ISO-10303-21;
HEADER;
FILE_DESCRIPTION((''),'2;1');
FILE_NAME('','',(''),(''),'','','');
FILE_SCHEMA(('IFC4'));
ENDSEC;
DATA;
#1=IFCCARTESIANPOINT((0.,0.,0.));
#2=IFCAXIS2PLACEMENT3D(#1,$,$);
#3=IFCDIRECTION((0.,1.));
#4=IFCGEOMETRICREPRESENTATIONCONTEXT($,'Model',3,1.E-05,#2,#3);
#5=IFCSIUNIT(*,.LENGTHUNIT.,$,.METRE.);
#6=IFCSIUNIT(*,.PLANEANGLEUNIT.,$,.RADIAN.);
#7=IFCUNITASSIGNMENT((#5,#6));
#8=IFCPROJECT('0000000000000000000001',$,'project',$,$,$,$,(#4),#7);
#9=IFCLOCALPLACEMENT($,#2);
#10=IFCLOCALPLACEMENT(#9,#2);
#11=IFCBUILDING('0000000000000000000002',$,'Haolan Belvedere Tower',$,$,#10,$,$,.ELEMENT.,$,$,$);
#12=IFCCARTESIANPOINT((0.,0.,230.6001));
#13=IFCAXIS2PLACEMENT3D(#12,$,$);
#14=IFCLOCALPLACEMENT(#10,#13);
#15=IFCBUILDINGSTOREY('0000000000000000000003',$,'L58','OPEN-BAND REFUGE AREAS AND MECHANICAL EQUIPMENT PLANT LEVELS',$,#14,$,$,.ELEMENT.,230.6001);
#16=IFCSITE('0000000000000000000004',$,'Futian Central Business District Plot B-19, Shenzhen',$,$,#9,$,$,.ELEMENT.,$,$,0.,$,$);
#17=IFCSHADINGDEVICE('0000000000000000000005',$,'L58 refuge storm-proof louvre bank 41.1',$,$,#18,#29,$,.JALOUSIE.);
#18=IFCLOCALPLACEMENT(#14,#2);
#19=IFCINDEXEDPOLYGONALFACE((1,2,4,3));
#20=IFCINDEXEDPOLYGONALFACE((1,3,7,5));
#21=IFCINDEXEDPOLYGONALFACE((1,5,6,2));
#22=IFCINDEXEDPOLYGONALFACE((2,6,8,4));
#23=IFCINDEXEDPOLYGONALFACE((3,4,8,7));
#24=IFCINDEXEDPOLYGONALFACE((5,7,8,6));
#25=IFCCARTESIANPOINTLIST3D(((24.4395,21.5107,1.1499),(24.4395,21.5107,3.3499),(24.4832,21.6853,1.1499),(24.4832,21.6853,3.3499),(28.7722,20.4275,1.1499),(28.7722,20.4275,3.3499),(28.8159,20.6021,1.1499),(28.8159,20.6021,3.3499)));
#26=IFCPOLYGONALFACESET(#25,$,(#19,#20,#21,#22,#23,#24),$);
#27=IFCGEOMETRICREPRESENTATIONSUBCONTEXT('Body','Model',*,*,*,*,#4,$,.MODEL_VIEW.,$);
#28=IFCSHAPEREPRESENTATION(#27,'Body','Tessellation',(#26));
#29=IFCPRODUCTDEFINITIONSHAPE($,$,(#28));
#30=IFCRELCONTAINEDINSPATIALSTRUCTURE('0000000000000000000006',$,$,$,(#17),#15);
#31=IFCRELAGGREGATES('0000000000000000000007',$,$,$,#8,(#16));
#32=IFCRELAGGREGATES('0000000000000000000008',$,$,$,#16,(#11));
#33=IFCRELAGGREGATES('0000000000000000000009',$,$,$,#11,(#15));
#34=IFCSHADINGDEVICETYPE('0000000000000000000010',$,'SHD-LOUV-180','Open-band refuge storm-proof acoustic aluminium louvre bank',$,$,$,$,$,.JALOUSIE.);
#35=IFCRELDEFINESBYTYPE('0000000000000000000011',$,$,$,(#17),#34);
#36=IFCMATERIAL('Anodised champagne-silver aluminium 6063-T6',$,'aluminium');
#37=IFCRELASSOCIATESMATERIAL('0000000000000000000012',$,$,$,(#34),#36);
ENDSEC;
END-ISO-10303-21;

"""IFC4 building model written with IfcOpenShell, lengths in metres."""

from ifc_helpers import new_model, si_unit, direction, frame, origin, origin_2d, place, context, subcontext, project, spatial, rectangle, extrude, material, type_object, element, save


model = new_model("IFC4")

# Units and contexts
model_context = context("Model", 3, precision=1e-05, world=origin(), true_north=direction((0.0, 1.0)))
body_context = subcontext(model_context, "Body", "Model", "MODEL_VIEW")
ifc_project = project(units=[si_unit("LENGTHUNIT", "METRE"), si_unit("PLANEANGLEUNIT", "RADIAN")], contexts=[model_context])

# Site, building, storey
site_placement = place(None, origin())
site = spatial("IfcSite", under=ifc_project, at=site_placement, Name="Futian Central Business District Plot B-19, Shenzhen", CompositionType="ELEMENT", RefElevation=0.0)
building_placement = place(site_placement, origin())
building = spatial("IfcBuilding", under=site, at=building_placement, Name="Haolan Belvedere Tower", CompositionType="ELEMENT")
storey_placement = place(building_placement, frame((0.0, 0.0, 230.6001)))
storey = spatial("IfcBuildingStorey", under=building, at=storey_placement, Name="L58", Description="OPEN-BAND REFUGE AREAS AND MECHANICAL EQUIPMENT PLANT LEVELS", CompositionType="ELEMENT", Elevation=230.6001)

# Shading device
ifc_material_1 = material(Name="Anodised champagne-silver aluminium 6063-T6", Category="aluminium")
shading_device_type = type_object("IfcShadingDeviceType", Name="SHD-LOUV-180", Description="Open-band refuge storm-proof acoustic aluminium louvre bank", PredefinedType="JALOUSIE", material=ifc_material_1)
shading_device_placement = place(storey_placement, frame((26.6277, 21.0564, 1.1499), z_axis=(0.0, 0.0, 1.0), x_axis=(0.970139, -0.242548, 0.0)))
element("IfcShadingDevice", 1, at=shading_device_placement, inside=storey, type_object=shading_device_type, Name="L58 refuge storm-proof louvre bank 41.1", PredefinedType="JALOUSIE", context=body_context, shape_type="SweptSolid", body=[
    extrude(rectangle(XDim=4.4661, YDim=0.1799, at=origin_2d()), origin(), (0.0, 0.0, 1.0), 2.2),
])

save(model, "model.ifc")
